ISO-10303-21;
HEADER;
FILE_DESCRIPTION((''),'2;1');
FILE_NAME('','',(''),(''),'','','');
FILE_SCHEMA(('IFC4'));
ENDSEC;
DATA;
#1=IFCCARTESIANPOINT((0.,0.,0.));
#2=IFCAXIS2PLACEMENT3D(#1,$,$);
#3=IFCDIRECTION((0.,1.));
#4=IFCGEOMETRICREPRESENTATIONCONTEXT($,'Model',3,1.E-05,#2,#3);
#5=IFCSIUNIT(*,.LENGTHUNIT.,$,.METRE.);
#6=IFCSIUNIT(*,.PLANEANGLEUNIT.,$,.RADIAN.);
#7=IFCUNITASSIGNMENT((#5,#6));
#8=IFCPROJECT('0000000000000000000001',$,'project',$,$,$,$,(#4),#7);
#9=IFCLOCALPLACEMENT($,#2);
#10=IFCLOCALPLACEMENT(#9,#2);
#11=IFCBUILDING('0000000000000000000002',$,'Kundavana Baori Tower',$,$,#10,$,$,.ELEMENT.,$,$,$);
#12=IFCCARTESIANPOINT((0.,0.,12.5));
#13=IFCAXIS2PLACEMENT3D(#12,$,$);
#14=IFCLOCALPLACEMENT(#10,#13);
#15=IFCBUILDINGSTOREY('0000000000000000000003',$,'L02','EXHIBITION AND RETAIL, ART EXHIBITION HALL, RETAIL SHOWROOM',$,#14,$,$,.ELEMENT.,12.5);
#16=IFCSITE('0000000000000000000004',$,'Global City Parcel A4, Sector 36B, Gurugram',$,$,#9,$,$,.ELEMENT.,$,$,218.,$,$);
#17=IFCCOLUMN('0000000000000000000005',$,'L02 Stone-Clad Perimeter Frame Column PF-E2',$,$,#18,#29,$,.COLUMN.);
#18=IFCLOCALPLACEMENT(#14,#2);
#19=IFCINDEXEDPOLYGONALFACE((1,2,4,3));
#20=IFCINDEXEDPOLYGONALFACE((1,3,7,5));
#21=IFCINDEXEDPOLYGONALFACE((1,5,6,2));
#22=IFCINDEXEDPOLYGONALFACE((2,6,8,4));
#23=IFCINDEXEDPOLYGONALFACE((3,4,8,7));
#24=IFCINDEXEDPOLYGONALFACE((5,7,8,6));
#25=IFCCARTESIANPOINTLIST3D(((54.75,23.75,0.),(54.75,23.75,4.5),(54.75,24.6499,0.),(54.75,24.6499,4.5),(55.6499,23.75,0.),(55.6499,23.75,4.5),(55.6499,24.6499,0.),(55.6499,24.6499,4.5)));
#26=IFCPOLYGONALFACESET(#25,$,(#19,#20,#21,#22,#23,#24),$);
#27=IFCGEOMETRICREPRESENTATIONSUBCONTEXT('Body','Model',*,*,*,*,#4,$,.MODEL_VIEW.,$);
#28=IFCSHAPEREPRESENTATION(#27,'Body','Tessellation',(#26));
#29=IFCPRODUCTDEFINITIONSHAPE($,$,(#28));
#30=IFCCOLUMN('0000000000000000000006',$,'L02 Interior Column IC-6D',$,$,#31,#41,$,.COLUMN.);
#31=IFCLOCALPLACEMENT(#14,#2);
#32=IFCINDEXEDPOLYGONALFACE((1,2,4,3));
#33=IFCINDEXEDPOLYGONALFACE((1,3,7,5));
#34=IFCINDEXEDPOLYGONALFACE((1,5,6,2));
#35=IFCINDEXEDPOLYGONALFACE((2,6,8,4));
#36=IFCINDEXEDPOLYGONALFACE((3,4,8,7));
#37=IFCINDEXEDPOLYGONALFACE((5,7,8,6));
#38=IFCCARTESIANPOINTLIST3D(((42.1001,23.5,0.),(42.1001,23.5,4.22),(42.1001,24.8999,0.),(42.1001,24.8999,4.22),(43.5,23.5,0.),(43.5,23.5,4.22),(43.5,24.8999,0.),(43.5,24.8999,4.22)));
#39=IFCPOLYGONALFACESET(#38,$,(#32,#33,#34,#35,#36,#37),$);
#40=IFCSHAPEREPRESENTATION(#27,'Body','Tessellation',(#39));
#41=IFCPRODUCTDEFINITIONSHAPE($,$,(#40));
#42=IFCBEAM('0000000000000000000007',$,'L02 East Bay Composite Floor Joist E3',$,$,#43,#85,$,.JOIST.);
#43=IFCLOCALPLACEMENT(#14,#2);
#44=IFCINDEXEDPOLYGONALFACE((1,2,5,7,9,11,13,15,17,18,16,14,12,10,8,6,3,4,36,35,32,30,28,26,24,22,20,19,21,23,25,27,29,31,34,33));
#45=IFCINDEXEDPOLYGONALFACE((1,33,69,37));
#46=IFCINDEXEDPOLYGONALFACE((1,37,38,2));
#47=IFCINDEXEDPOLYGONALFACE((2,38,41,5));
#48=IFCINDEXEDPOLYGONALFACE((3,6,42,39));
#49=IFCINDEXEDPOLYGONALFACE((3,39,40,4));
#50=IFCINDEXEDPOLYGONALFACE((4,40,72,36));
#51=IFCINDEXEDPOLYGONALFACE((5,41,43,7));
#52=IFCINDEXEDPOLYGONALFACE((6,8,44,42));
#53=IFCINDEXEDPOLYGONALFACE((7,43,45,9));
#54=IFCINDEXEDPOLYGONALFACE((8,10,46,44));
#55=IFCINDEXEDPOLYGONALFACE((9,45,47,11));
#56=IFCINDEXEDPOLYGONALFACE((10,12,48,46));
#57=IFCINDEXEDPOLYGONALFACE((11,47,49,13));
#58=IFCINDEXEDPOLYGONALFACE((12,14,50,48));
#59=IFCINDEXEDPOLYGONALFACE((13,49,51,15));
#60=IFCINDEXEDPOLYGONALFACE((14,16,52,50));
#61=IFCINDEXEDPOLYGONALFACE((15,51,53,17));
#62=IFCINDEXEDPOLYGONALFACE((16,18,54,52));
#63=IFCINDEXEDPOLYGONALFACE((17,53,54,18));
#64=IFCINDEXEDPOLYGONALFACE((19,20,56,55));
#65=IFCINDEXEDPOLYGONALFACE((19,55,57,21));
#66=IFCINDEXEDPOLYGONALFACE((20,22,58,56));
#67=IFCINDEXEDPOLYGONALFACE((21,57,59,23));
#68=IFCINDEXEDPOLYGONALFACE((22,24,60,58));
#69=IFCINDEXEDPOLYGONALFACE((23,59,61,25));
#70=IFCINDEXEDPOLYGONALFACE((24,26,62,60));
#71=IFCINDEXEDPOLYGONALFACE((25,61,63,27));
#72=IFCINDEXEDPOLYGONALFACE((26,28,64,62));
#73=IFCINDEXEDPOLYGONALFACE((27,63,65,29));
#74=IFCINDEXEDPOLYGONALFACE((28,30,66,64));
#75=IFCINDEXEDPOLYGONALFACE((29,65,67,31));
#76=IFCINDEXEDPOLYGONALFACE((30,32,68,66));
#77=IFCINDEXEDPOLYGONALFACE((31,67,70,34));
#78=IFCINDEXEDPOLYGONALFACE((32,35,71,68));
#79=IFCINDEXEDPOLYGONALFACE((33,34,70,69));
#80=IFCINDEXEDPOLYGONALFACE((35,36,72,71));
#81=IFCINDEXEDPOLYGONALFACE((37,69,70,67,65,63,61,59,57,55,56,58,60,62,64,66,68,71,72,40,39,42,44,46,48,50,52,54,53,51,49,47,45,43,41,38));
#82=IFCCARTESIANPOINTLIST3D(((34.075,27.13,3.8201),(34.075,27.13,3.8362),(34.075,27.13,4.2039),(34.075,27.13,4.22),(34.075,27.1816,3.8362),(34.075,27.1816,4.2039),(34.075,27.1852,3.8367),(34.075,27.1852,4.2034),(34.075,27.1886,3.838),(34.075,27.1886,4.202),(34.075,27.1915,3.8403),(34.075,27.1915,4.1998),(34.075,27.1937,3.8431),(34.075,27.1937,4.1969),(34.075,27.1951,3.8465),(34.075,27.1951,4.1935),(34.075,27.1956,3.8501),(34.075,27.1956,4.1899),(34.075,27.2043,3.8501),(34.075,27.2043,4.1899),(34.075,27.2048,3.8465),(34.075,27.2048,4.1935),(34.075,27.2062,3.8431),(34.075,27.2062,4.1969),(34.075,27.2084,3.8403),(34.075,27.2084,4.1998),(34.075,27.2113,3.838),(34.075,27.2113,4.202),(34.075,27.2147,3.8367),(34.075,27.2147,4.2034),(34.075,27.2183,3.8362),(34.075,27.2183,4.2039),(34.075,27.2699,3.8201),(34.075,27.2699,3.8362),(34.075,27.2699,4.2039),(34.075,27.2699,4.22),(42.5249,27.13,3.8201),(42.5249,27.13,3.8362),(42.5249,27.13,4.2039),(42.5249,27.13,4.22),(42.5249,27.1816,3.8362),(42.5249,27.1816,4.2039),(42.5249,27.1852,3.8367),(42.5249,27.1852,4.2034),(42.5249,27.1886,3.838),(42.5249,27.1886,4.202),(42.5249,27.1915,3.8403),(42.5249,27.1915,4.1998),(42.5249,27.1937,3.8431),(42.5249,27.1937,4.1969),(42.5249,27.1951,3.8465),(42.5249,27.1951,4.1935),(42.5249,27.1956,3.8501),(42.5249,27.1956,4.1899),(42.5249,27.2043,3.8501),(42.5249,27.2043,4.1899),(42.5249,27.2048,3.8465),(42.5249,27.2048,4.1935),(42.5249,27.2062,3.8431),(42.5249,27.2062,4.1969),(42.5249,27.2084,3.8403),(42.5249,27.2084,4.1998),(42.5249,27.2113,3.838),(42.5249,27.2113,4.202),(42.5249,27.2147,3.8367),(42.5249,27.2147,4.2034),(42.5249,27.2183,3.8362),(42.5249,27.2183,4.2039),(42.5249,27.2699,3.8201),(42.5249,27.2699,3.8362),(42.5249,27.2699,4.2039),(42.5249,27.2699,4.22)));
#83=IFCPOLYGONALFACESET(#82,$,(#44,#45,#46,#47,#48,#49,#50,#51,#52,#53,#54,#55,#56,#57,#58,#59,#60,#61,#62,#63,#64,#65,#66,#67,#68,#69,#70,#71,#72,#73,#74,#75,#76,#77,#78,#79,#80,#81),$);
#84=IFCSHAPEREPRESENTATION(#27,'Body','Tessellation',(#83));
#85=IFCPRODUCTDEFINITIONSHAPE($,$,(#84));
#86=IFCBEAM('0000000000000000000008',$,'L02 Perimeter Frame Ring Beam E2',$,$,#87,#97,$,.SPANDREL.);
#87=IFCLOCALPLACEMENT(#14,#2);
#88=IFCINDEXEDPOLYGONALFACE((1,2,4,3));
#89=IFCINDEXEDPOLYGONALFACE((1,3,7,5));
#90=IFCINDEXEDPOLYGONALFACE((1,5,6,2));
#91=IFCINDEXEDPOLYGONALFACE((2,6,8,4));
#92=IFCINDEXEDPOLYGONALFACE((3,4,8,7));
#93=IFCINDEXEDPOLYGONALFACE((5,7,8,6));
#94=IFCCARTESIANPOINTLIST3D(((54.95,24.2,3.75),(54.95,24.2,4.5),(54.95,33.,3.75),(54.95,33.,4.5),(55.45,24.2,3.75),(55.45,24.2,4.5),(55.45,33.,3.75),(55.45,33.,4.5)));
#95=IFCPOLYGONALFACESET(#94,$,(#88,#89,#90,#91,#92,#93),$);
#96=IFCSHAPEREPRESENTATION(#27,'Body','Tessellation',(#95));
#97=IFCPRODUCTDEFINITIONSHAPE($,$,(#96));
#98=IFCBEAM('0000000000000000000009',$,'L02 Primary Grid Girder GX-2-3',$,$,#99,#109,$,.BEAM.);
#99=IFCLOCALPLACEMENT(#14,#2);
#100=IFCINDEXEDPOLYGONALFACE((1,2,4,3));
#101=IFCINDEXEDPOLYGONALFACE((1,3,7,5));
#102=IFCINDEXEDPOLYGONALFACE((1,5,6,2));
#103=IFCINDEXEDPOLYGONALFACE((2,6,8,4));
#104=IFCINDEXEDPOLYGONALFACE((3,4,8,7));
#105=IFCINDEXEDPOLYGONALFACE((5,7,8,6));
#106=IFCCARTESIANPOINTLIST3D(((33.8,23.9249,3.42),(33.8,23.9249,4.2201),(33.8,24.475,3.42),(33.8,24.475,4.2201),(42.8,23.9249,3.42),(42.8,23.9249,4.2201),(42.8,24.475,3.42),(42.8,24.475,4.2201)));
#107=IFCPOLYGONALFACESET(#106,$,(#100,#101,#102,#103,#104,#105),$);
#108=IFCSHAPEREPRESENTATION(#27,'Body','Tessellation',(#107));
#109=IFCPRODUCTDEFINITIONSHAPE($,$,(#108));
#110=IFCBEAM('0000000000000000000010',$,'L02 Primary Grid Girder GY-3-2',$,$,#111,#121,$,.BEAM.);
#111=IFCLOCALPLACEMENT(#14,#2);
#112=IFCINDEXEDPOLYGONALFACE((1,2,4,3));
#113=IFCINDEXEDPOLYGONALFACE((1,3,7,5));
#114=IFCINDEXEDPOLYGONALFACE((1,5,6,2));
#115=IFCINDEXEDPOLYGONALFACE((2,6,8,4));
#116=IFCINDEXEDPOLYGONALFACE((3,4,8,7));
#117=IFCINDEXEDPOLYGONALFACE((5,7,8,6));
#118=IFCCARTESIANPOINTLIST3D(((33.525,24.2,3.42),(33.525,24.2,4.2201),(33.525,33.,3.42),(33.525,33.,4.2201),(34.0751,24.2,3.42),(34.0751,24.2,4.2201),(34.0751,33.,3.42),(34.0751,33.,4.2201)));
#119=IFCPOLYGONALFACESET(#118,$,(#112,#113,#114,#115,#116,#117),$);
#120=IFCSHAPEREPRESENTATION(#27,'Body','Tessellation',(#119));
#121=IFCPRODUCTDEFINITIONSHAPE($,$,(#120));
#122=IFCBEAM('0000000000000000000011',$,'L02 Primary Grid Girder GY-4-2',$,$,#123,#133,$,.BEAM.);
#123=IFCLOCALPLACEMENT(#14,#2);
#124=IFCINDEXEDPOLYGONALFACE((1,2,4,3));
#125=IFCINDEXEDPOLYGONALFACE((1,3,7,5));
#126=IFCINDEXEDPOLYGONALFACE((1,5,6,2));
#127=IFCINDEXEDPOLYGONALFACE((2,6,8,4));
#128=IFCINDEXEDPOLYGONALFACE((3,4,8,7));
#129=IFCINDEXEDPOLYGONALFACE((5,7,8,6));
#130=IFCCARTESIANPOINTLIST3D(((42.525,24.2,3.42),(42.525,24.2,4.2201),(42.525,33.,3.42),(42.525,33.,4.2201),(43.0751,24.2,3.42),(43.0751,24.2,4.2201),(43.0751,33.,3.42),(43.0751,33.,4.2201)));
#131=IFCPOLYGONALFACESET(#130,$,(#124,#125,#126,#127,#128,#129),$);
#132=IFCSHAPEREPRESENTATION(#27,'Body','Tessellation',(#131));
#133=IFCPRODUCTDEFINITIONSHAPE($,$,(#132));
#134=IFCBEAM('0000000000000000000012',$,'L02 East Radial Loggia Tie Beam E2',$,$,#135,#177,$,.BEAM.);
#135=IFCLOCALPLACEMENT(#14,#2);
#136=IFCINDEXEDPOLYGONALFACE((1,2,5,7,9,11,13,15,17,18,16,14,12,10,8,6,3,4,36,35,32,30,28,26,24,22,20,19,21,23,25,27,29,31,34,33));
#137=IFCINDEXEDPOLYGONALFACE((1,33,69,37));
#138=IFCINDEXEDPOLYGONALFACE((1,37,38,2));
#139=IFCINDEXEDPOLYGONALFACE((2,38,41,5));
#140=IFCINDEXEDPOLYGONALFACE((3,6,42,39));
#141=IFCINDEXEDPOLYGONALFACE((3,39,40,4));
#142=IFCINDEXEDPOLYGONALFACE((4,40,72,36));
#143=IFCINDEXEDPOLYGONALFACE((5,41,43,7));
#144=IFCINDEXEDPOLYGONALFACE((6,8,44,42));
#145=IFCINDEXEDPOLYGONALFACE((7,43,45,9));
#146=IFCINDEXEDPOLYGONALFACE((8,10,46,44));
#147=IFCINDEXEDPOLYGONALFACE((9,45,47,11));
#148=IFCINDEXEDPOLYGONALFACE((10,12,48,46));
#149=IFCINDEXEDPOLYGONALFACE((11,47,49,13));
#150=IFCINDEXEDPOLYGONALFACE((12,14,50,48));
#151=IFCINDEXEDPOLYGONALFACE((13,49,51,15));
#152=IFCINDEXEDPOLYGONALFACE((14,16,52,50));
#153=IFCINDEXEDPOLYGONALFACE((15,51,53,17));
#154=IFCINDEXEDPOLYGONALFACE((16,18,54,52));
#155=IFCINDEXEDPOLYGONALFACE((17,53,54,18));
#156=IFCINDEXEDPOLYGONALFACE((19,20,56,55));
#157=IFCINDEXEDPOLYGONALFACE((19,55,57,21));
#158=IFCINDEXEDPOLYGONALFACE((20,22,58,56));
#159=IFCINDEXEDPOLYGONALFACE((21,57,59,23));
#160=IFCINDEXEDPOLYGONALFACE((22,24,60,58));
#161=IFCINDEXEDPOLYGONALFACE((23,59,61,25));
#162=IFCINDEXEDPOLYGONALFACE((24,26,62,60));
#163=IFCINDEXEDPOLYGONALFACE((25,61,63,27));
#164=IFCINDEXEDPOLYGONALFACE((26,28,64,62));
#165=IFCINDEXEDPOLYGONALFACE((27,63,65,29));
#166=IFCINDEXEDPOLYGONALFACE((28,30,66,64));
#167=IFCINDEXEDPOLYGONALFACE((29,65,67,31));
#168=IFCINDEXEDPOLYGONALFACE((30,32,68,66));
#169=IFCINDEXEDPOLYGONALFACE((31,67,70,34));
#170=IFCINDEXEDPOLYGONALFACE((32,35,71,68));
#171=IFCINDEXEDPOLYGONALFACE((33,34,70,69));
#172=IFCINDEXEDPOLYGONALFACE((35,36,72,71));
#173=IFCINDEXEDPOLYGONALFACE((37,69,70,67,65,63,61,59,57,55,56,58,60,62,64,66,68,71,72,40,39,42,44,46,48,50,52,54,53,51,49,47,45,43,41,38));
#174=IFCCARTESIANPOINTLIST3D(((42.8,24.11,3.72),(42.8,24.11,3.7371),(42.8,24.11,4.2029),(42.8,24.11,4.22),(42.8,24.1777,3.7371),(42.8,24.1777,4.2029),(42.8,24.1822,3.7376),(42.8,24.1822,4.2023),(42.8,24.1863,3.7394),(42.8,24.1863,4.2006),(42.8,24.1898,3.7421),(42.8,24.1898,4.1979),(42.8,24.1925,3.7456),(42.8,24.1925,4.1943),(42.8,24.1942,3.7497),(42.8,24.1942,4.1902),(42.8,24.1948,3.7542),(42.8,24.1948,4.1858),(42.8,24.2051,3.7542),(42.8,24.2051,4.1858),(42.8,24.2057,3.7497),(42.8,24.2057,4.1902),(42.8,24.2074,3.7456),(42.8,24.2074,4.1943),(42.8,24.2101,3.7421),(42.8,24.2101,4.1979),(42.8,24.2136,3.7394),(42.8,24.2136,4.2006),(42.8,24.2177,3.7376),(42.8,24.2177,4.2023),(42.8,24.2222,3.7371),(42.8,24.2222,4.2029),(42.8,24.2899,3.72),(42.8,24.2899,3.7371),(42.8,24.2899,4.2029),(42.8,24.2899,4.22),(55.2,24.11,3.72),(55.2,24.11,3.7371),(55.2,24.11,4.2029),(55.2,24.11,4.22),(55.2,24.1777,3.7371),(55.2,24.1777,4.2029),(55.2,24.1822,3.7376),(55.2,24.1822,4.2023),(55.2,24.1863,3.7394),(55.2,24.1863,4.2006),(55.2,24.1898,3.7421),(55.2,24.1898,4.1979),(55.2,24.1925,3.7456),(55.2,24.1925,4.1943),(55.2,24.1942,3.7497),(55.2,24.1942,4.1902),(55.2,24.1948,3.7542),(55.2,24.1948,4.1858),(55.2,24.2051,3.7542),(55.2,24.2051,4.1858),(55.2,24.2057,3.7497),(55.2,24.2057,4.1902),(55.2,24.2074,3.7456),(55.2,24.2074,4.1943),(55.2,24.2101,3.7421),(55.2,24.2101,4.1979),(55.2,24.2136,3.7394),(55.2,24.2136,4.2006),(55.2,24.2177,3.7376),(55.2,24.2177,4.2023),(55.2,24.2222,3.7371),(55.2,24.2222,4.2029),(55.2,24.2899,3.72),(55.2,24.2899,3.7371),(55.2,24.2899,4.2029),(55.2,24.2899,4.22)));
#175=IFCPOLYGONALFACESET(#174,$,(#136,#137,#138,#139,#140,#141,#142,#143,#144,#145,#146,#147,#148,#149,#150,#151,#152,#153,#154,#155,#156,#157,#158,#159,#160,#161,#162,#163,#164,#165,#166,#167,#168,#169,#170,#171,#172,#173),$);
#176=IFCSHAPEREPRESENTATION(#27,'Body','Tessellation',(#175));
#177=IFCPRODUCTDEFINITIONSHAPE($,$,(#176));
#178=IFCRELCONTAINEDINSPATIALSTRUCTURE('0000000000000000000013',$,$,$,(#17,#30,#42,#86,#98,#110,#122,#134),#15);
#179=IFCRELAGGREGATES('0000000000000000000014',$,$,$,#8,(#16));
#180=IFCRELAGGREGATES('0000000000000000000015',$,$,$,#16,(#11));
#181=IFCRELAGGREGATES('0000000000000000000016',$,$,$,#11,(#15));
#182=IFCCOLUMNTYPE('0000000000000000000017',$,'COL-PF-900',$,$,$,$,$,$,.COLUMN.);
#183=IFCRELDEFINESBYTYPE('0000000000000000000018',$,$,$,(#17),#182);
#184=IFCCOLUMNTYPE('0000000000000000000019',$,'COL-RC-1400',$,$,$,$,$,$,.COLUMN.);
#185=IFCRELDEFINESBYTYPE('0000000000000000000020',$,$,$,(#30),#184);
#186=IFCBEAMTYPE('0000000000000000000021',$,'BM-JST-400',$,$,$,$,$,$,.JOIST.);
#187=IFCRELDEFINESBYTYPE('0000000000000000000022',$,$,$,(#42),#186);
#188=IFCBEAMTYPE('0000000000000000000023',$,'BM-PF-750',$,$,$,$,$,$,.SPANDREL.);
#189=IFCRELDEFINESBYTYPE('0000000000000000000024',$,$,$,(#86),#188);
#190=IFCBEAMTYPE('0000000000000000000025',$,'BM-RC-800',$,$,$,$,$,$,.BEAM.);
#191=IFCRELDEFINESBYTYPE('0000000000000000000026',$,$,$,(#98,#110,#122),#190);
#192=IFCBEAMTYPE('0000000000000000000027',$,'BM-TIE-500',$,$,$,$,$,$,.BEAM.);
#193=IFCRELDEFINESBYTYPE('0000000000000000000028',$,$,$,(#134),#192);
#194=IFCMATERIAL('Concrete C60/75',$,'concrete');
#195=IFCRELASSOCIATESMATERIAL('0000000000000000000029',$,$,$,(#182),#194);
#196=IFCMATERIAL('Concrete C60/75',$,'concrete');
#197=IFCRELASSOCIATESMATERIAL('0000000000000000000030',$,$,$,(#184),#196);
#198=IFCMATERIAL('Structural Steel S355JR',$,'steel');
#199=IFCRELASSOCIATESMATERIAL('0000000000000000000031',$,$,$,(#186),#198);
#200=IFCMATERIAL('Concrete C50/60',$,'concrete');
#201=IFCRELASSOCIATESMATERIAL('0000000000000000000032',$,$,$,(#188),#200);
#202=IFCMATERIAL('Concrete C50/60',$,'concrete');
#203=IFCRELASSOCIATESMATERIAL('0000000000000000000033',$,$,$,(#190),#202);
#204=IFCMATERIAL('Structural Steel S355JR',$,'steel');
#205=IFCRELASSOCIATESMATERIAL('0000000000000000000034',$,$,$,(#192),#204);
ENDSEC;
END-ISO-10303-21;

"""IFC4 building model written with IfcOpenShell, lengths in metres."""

from ifc_helpers import new_model, si_unit, direction, frame, origin, origin_2d, place, context, subcontext, project, spatial, rectangle, i_section, extrude, material, material_profile, profile_set, type_object, element, save


model = new_model("IFC4")

# Units and contexts
model_context = context("Model", 3, precision=1e-05, world=origin(), true_north=direction((0.0, 1.0)))
body_context = subcontext(model_context, "Body", "Model", "MODEL_VIEW")
ifc_project = project(units=[si_unit("LENGTHUNIT", "METRE"), si_unit("PLANEANGLEUNIT", "RADIAN")], contexts=[model_context])

# Site, building, storey
site_placement = place(None, origin())
site = spatial("IfcSite", under=ifc_project, at=site_placement, Name="Global City Parcel A4, Sector 36B, Gurugram", CompositionType="ELEMENT", RefElevation=218.0)
building_placement = place(site_placement, origin())
building = spatial("IfcBuilding", under=site, at=building_placement, Name="Kundavana Baori Tower", CompositionType="ELEMENT")
storey_placement = place(building_placement, frame((0.0, 0.0, 12.5)))
storey = spatial("IfcBuildingStorey", under=building, at=storey_placement, Name="L02", Description="EXHIBITION AND RETAIL, ART EXHIBITION HALL, RETAIL SHOWROOM", CompositionType="ELEMENT", Elevation=12.5)

# Columns
ifc_material_1 = material(Name="Concrete C60/75", Category="concrete")
ifc_material_profile_1 = material_profile(ifc_material_1, rectangle(XDim=0.8999, YDim=0.8999, at=origin_2d()), Name="RC PF 900x900")
ifc_profile_set_1 = profile_set([ifc_material_profile_1], Name="Concrete C60/75")
column_type_1 = type_object("IfcColumnType", Name="COL-PF-900", PredefinedType="COLUMN", material=ifc_profile_set_1)
column_1_placement = place(storey_placement, frame((55.2, 24.2, 0.0), z_axis=(0.0, 0.0, 1.0), x_axis=(1.0, 0.0, 0.0)))
element("IfcColumn", 1, at=column_1_placement, inside=storey, type_object=column_type_1, Name="L02 Stone-Clad Perimeter Frame Column PF-E2", PredefinedType="COLUMN", context=body_context, shape_type="SweptSolid", body=[
    extrude(rectangle(XDim=0.8999, YDim=0.8999, at=origin_2d()), origin(), (0.0, 0.0, 1.0), 4.5),
])
ifc_material_2 = material(Name="Concrete C60/75", Category="concrete")
ifc_material_profile_2 = material_profile(ifc_material_2, rectangle(XDim=1.3999, YDim=1.3999, at=origin_2d()), Name="RC 1400x1400")
ifc_profile_set_2 = profile_set([ifc_material_profile_2], Name="Concrete C60/75")
column_type_2 = type_object("IfcColumnType", Name="COL-RC-1400", PredefinedType="COLUMN", material=ifc_profile_set_2)
column_2_placement = place(storey_placement, frame((42.8, 24.2, 0.0), z_axis=(0.0, 0.0, 1.0), x_axis=(1.0, 0.0, 0.0)))
element("IfcColumn", 2, at=column_2_placement, inside=storey, type_object=column_type_2, Name="L02 Interior Column IC-6D", PredefinedType="COLUMN", context=body_context, shape_type="SweptSolid", body=[
    extrude(rectangle(XDim=1.3999, YDim=1.3999, at=origin_2d()), origin(), (0.0, 0.0, 1.0), 4.22),
])

# Beams
ifc_material_3 = material(Name="Structural Steel S355JR", Category="steel")
ifc_material_profile_3 = material_profile(ifc_material_3, i_section(OverallWidth=0.1399, OverallDepth=0.3999, WebThickness=0.0088, FlangeThickness=0.0161, FilletRadius=0.0139, at=origin_2d()), Name="ISMB 400")
ifc_profile_set_3 = profile_set([ifc_material_profile_3], Name="Structural Steel S355JR")
beam_type_1 = type_object("IfcBeamType", Name="BM-JST-400", PredefinedType="JOIST", material=ifc_profile_set_3)
beam_1_placement = place(storey_placement, frame((34.075, 27.2, 4.02), z_axis=(1.0, 0.0, 0.0), x_axis=(0.0, 1.0, 0.0)))
element("IfcBeam", 3, at=beam_1_placement, inside=storey, type_object=beam_type_1, Name="L02 East Bay Composite Floor Joist E3", PredefinedType="JOIST", context=body_context, shape_type="SweptSolid", body=[
    extrude(i_section(OverallWidth=0.1399, OverallDepth=0.3999, WebThickness=0.0088, FlangeThickness=0.0161, FilletRadius=0.0139, at=origin_2d()), origin(), (0.0, 0.0, 1.0), 8.45),
])
ifc_material_4 = material(Name="Concrete C50/60", Category="concrete")
ifc_material_profile_4 = material_profile(ifc_material_4, rectangle(XDim=0.5, YDim=0.75, at=origin_2d()), Name="RC BM 500x750")
ifc_profile_set_4 = profile_set([ifc_material_profile_4], Name="Concrete C50/60")
beam_type_2 = type_object("IfcBeamType", Name="BM-PF-750", PredefinedType="SPANDREL", material=ifc_profile_set_4)
beam_2_placement = place(storey_placement, frame((55.2, 24.2, 4.125), z_axis=(0.0, 1.0, 0.0), x_axis=(-1.0, 0.0, 0.0)))
element("IfcBeam", 4, at=beam_2_placement, inside=storey, type_object=beam_type_2, Name="L02 Perimeter Frame Ring Beam E2", PredefinedType="SPANDREL", context=body_context, shape_type="SweptSolid", body=[
    extrude(rectangle(XDim=0.5, YDim=0.75, at=origin_2d()), origin(), (0.0, 0.0, 1.0), 8.8),
])
ifc_material_5 = material(Name="Concrete C50/60", Category="concrete")
ifc_material_profile_5 = material_profile(ifc_material_5, rectangle(XDim=0.55, YDim=0.8, at=origin_2d()), Name="RC BM 550x800")
ifc_profile_set_5 = profile_set([ifc_material_profile_5], Name="Concrete C50/60")
beam_type_3 = type_object("IfcBeamType", Name="BM-RC-800", PredefinedType="BEAM", material=ifc_profile_set_5)
beam_3_placement = place(storey_placement, frame((33.8, 24.2, 3.8201), z_axis=(1.0, 0.0, 0.0), x_axis=(0.0, 1.0, 0.0)))
element("IfcBeam", 5, at=beam_3_placement, inside=storey, type_object=beam_type_3, Name="L02 Primary Grid Girder GX-2-3", PredefinedType="BEAM", context=body_context, shape_type="SweptSolid", body=[
    extrude(rectangle(XDim=0.55, YDim=0.8, at=origin_2d()), origin(), (0.0, 0.0, 1.0), 9.0),
])
for number, where, z_axis, x_axis, name in (
    (6, (33.8, 24.2, 3.8201), (0.0, 1.0, 0.0), (-1.0, 0.0, 0.0), "L02 Primary Grid Girder GY-3-2"),
    (7, (42.8, 24.2, 3.8201), (0.0, 1.0, 0.0), (-1.0, 0.0, 0.0), "L02 Primary Grid Girder GY-4-2"),
):
    element("IfcBeam", number, at=place(storey_placement, frame(where, z_axis=z_axis, x_axis=x_axis)), inside=storey, type_object=beam_type_3, Name=name, PredefinedType="BEAM", context=body_context, shape_type="SweptSolid", body=[
        extrude(rectangle(XDim=0.55, YDim=0.8, at=origin_2d()), origin(), (0.0, 0.0, 1.0), 8.8),
    ])
ifc_material_6 = material(Name="Structural Steel S355JR", Category="steel")
ifc_material_profile_6 = material_profile(ifc_material_6, i_section(OverallWidth=0.1799, OverallDepth=0.5, WebThickness=0.0103, FlangeThickness=0.0171, FilletRadius=0.0171, at=origin_2d()), Name="ISMB 500")
ifc_profile_set_6 = profile_set([ifc_material_profile_6], Name="Structural Steel S355JR")
beam_type_4 = type_object("IfcBeamType", Name="BM-TIE-500", PredefinedType="BEAM", material=ifc_profile_set_6)
beam_4_placement = place(storey_placement, frame((42.8, 24.2, 3.97), z_axis=(1.0, 0.0, 0.0), x_axis=(0.0, 1.0, 0.0)))
element("IfcBeam", 8, at=beam_4_placement, inside=storey, type_object=beam_type_4, Name="L02 East Radial Loggia Tie Beam E2", PredefinedType="BEAM", context=body_context, shape_type="SweptSolid", body=[
    extrude(i_section(OverallWidth=0.1799, OverallDepth=0.5, WebThickness=0.0103, FlangeThickness=0.0171, FilletRadius=0.0171, at=origin_2d()), origin(), (0.0, 0.0, 1.0), 12.3999),
])

save(model, "model.ifc")
